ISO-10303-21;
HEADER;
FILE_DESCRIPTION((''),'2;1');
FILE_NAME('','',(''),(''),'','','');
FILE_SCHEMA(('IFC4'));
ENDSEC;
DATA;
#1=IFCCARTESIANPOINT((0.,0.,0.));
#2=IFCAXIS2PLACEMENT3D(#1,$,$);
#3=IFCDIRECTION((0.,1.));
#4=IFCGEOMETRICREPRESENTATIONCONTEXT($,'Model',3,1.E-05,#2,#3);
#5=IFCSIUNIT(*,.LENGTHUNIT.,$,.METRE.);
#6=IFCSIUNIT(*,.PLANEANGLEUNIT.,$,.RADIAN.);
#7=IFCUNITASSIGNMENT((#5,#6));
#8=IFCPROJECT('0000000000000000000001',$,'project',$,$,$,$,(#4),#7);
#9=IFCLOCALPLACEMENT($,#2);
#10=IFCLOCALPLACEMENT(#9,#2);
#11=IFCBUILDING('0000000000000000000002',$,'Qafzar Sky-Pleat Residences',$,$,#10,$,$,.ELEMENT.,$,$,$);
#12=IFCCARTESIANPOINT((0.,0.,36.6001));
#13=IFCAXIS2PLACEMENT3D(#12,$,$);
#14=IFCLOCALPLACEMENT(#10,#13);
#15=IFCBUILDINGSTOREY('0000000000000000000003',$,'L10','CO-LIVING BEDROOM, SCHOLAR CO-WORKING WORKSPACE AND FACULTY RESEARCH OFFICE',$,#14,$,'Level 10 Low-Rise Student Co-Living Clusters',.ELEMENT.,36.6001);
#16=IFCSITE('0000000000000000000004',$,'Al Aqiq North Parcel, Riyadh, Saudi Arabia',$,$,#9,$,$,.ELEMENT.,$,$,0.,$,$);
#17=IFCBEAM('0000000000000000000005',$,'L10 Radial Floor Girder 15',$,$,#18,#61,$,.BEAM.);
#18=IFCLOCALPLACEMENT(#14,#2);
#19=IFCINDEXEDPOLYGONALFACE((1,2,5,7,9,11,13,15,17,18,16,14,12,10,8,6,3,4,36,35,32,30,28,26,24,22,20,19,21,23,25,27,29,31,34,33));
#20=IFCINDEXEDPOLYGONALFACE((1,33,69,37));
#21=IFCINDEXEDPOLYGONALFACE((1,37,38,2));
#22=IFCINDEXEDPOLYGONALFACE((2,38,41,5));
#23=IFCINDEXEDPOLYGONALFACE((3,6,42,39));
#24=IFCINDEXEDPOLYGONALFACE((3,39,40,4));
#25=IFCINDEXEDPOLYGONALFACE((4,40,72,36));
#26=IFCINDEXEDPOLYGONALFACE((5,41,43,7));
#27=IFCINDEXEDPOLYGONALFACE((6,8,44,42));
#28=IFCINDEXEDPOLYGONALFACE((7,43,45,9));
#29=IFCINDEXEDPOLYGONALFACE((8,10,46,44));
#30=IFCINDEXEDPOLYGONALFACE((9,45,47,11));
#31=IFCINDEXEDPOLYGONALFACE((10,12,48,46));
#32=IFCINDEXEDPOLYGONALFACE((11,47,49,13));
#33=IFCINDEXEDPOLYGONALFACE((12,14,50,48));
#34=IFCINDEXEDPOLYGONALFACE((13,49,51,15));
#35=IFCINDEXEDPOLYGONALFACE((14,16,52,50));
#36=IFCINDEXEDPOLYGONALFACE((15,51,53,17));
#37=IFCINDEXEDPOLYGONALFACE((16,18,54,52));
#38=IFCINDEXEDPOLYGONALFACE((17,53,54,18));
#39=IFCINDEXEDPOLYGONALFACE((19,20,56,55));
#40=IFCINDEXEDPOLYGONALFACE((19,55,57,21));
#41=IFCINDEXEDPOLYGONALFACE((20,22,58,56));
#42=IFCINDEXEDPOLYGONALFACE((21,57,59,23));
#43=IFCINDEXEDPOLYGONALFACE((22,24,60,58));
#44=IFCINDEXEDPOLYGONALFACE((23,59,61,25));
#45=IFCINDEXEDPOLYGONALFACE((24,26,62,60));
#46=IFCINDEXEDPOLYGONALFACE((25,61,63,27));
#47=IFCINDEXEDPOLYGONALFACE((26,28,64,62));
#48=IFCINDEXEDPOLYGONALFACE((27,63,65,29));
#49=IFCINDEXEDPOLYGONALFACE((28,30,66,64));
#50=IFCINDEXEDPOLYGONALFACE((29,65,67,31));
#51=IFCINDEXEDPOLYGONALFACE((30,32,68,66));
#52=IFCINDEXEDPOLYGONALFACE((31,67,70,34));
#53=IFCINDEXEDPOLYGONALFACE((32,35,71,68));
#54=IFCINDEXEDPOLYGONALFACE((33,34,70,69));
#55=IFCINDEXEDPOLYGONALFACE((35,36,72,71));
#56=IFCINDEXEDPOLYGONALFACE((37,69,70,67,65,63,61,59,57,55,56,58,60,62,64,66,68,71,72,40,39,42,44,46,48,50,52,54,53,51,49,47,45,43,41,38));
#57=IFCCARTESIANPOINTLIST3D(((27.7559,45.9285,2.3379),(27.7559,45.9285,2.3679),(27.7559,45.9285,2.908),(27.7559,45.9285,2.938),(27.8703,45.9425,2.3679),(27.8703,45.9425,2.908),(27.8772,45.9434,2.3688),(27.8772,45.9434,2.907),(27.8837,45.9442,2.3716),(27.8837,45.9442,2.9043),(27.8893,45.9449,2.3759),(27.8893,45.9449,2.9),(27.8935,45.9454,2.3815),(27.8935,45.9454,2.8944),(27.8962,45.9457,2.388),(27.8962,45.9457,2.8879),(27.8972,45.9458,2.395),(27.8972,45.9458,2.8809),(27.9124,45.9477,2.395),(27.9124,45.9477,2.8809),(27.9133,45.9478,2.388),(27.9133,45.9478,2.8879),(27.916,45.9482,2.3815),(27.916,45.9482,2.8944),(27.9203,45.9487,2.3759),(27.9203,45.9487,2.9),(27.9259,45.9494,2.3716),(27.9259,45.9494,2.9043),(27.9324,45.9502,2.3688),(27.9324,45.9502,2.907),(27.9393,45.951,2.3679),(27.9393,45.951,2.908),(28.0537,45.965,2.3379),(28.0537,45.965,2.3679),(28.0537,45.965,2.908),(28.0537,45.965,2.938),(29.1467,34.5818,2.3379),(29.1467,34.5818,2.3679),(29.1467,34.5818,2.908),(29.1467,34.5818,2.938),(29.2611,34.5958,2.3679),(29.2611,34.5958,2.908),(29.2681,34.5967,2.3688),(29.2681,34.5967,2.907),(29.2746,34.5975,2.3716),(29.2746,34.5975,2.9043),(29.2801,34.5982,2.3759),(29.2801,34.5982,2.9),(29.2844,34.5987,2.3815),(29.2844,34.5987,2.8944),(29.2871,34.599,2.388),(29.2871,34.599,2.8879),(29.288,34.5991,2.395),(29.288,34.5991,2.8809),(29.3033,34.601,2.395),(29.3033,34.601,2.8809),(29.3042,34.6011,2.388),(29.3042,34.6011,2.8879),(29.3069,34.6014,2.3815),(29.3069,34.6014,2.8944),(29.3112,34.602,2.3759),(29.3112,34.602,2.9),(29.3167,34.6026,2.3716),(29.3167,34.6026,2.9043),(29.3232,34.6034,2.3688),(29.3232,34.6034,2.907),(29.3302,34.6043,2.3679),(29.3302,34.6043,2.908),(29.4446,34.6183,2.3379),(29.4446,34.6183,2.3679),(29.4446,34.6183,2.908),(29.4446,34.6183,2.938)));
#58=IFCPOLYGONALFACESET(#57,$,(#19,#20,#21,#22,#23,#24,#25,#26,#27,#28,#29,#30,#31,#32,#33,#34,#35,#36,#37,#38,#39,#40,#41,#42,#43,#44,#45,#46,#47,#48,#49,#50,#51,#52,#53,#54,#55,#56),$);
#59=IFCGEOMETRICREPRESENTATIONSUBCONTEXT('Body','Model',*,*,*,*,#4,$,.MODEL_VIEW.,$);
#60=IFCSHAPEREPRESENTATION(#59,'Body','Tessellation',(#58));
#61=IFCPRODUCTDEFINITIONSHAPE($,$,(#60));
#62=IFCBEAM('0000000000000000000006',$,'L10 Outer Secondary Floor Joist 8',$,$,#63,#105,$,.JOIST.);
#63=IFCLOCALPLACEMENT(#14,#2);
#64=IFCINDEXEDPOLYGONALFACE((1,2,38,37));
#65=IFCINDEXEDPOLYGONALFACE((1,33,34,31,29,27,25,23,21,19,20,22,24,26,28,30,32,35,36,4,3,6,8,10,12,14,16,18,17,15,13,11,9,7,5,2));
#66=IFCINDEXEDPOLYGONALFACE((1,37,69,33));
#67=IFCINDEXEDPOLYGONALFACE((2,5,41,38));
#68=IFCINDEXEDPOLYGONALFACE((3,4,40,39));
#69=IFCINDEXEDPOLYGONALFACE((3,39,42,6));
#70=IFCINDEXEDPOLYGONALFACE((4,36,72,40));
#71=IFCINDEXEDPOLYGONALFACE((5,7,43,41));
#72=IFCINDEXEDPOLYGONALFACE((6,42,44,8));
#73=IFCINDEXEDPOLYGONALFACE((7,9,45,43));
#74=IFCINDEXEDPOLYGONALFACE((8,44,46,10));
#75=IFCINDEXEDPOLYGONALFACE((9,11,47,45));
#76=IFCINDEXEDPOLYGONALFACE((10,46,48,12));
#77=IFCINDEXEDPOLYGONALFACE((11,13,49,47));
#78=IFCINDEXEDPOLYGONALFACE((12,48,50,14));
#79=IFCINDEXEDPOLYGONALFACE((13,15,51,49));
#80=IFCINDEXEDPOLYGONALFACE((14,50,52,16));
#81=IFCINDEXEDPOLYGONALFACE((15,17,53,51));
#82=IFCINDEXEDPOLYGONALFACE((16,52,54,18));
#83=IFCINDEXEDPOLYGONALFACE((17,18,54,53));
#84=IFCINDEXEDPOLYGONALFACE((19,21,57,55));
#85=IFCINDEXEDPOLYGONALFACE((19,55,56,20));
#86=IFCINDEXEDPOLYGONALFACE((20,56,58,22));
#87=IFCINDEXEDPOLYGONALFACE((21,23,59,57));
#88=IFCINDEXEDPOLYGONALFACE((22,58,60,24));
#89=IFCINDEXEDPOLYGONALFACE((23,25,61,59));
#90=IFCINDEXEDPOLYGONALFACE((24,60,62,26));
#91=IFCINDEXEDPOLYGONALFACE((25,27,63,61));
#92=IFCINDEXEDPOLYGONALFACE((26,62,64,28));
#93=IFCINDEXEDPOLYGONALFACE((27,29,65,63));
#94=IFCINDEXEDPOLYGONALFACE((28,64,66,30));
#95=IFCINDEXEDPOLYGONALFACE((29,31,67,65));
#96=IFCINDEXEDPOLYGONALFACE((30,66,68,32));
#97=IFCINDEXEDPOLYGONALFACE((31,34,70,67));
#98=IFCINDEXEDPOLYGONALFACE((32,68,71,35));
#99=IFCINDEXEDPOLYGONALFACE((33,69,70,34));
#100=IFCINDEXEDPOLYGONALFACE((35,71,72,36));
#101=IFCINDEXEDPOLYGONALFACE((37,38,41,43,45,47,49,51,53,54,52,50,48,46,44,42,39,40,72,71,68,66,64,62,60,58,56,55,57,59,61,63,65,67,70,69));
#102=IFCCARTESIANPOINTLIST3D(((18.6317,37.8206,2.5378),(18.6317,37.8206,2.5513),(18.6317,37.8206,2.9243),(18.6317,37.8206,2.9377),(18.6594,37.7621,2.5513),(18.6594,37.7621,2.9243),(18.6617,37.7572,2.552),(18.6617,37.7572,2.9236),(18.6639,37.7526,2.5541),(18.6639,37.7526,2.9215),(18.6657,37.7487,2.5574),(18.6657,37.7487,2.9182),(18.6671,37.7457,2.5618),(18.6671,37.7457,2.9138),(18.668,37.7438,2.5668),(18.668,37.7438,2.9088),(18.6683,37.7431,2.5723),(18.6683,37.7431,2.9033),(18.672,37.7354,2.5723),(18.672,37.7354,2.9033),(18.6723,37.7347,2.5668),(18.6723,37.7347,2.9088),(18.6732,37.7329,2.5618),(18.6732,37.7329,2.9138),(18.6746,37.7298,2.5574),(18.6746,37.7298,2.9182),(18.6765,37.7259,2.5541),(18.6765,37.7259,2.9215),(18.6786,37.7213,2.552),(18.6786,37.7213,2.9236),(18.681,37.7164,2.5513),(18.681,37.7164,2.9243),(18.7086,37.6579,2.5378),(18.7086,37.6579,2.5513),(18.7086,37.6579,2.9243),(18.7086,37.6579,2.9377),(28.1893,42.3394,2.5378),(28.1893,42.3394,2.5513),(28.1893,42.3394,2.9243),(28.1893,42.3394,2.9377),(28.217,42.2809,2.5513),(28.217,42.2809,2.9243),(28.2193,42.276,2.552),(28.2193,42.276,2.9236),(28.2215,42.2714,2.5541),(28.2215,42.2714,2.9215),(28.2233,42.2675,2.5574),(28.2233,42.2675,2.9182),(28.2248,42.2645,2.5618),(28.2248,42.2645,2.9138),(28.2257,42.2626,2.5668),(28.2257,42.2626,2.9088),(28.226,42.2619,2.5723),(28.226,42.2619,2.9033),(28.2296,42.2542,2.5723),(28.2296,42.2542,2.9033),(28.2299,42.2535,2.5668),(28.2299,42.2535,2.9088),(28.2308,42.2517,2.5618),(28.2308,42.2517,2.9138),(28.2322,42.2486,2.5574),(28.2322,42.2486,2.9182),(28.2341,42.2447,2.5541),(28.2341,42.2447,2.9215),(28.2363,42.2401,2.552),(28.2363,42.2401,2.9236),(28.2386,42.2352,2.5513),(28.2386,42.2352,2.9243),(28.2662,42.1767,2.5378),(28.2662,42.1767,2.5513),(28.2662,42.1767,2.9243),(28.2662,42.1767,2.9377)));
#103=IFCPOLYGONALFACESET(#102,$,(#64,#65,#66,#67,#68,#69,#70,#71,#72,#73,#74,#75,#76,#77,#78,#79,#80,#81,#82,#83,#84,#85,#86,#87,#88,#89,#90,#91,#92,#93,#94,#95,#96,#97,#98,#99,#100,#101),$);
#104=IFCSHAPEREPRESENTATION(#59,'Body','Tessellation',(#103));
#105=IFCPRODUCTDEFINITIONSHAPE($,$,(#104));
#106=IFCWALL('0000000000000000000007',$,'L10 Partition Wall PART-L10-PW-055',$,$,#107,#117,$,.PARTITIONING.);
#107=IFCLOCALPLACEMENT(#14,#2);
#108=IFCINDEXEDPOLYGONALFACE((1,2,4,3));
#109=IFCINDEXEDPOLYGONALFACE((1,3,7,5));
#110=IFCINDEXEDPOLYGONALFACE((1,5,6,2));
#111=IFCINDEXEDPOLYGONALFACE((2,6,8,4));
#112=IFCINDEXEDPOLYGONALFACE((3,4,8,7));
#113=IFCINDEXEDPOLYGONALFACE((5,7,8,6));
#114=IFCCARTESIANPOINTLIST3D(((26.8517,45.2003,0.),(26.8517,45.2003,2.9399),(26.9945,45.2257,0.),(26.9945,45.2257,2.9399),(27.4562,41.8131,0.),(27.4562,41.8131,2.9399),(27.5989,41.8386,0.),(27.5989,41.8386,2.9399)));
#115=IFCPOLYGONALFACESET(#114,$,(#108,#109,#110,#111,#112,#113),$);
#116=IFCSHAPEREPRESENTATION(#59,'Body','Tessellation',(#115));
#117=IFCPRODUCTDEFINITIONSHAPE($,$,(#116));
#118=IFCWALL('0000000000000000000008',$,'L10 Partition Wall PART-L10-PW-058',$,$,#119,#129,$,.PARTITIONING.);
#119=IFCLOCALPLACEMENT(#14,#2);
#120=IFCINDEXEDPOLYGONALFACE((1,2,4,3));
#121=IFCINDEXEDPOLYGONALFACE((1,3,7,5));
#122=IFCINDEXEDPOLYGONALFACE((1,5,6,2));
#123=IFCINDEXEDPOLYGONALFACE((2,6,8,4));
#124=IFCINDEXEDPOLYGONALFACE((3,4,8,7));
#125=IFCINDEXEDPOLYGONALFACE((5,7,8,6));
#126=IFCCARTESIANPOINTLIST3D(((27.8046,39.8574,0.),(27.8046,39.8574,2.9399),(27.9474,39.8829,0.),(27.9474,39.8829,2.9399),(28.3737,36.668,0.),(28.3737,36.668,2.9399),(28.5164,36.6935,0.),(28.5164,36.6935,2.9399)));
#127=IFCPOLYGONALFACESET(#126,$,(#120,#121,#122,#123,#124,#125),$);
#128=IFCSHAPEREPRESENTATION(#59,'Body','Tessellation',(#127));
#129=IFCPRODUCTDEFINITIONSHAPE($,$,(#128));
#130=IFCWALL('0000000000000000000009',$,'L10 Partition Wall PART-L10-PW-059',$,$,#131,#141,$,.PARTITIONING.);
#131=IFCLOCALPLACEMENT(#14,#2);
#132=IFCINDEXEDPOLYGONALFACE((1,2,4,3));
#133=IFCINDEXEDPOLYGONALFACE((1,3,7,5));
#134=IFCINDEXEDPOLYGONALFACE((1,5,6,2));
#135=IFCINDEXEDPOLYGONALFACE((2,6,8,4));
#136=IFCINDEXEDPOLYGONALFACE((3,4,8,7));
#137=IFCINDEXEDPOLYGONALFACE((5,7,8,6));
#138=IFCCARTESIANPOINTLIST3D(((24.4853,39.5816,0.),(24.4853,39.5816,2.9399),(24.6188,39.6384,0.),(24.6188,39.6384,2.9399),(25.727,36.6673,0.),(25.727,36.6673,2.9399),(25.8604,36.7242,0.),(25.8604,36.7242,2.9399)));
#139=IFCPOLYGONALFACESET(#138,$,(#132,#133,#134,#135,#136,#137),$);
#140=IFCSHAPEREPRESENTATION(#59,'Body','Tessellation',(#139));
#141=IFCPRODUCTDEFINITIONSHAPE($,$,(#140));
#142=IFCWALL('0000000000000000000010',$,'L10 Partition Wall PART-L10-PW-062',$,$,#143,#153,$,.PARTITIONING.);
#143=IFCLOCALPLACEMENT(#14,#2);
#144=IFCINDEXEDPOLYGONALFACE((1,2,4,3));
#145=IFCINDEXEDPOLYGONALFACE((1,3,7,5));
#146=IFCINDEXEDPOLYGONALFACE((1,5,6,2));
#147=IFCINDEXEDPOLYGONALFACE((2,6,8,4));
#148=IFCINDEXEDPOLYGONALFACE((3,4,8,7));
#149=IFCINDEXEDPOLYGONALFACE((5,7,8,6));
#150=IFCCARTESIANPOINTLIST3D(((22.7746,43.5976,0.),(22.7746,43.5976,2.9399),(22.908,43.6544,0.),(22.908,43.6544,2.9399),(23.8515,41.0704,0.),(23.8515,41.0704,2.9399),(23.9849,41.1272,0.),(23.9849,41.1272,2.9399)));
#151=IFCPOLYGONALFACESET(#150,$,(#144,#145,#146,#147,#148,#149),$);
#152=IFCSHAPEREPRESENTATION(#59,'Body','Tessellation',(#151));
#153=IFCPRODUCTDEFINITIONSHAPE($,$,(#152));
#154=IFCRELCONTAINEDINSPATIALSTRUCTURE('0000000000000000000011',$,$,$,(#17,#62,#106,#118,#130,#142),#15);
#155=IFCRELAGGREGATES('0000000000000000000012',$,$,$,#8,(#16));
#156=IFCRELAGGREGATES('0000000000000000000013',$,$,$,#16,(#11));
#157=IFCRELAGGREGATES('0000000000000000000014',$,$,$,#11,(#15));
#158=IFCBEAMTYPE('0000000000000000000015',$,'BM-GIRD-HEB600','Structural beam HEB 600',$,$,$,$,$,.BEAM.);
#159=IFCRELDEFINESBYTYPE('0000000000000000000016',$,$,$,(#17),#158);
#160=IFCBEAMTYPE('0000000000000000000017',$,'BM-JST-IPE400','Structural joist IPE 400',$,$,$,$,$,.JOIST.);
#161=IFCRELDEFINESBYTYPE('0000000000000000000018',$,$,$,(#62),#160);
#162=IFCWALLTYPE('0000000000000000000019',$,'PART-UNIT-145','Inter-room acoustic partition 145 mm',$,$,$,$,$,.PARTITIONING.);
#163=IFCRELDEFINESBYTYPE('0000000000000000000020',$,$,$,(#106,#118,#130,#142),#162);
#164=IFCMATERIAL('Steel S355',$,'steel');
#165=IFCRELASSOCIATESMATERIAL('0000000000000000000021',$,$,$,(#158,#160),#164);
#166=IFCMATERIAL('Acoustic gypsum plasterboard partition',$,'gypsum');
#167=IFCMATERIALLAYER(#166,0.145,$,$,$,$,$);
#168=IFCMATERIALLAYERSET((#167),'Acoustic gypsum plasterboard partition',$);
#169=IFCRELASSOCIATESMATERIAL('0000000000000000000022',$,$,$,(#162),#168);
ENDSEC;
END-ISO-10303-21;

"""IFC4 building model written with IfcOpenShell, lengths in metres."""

from ifc_helpers import new_model, si_unit, direction, frame, frame_2d, origin, origin_2d, place, context, subcontext, project, spatial, rectangle, i_section, extrude, source, transform, mapped, material, layer, layer_set, material_profile, profile_set, type_object, element, save


model = new_model("IFC4")

# Units and contexts
model_context = context("Model", 3, precision=1e-05, world=origin(), true_north=direction((0.0, 1.0)))
body_context = subcontext(model_context, "Body", "Model", "MODEL_VIEW")
ifc_project = project(units=[si_unit("LENGTHUNIT", "METRE"), si_unit("PLANEANGLEUNIT", "RADIAN")], contexts=[model_context])

# Site, building, storey
site_placement = place(None, origin())
site = spatial("IfcSite", under=ifc_project, at=site_placement, Name="Al Aqiq North Parcel, Riyadh, Saudi Arabia", CompositionType="ELEMENT", RefElevation=0.0)
building_placement = place(site_placement, origin())
building = spatial("IfcBuilding", under=site, at=building_placement, Name="Qafzar Sky-Pleat Residences", CompositionType="ELEMENT")
storey_placement = place(building_placement, frame((0.0, 0.0, 36.6001)))
storey = spatial("IfcBuildingStorey", under=building, at=storey_placement, Name="L10", Description="CO-LIVING BEDROOM, SCHOLAR CO-WORKING WORKSPACE AND FACULTY RESEARCH OFFICE", LongName="Level 10 Low-Rise Student Co-Living Clusters", CompositionType="ELEMENT", Elevation=36.6001)

# Beams
ifc_material_1 = material(Name="Steel S355", Category="steel")
ifc_material_profile_1 = material_profile(ifc_material_1, i_section(OverallWidth=0.3, OverallDepth=0.6001, WebThickness=0.0154, FlangeThickness=0.03, FilletRadius=0.0271, at=origin_2d()), Name="HEB 600")
ifc_profile_set_1 = profile_set([ifc_material_profile_1], Name="Steel S355")
beam_type_1 = type_object("IfcBeamType", Name="BM-GIRD-HEB600", Description="Structural beam HEB 600", PredefinedType="BEAM", material=ifc_profile_set_1)
shared_shape_1 = source(origin(), body_context, "Body", "SweptSolid", [
    extrude(i_section(OverallWidth=0.3, OverallDepth=0.6001, WebThickness=0.0154, FlangeThickness=0.03, FilletRadius=0.0271, at=origin_2d()), origin(), (0.0, 0.0, 1.0), 11.4316),
])
beam_1_placement = place(storey_placement, frame((27.9048, 45.9468, 2.6379), z_axis=(0.121669, -0.992571, 0.0), x_axis=(0.992571, 0.121669, 0.0)))
element("IfcBeam", 1, at=beam_1_placement, inside=storey, type_object=beam_type_1, Name="L10 Radial Floor Girder 15", PredefinedType="BEAM", context=body_context, shape_type="MappedRepresentation", body=[
    mapped(shared_shape_1, transform((0.0, 0.0, 0.0), x_axis=(1.0, 0.0, 0.0), y_axis=(0.0, 1.0, 0.0), z_axis=(0.0, 0.0, 1.0), scale=1.0)),
])
ifc_material_profile_2 = material_profile(ifc_material_1, i_section(OverallWidth=0.1799, OverallDepth=0.3999, WebThickness=0.0085, FlangeThickness=0.0134, FilletRadius=0.021, at=origin_2d()), Name="IPE 400")
ifc_profile_set_2 = profile_set([ifc_material_profile_2], Name="Steel S355")
beam_type_2 = type_object("IfcBeamType", Name="BM-JST-IPE400", Description="Structural joist IPE 400", PredefinedType="JOIST", material=ifc_profile_set_2)
shared_shape_2 = source(origin(), body_context, "Body", "SweptSolid", [
    extrude(i_section(OverallWidth=0.1799, OverallDepth=0.3999, WebThickness=0.0085, FlangeThickness=0.0134, FilletRadius=0.021, at=origin_2d()), origin(), (0.0, 0.0, 1.0), 10.572),
])
beam_2_placement = place(storey_placement, frame((28.2278, 42.2581, 2.7378), z_axis=(-0.904048, -0.42743, 0.0), x_axis=(0.42743, -0.904048, 0.0)))
element("IfcBeam", 2, at=beam_2_placement, inside=storey, type_object=beam_type_2, Name="L10 Outer Secondary Floor Joist 8", PredefinedType="JOIST", context=body_context, shape_type="MappedRepresentation", body=[
    mapped(shared_shape_2, transform((0.0, 0.0, 0.0), x_axis=(1.0, 0.0, 0.0), y_axis=(0.0, 1.0, 0.0), z_axis=(0.0, 0.0, 1.0), scale=1.0)),
])

# Walls
ifc_material_2 = material(Name="Acoustic gypsum plasterboard partition", Category="gypsum")
ifc_layer_1 = layer(ifc_material_2, 0.145)
ifc_layer_set_1 = layer_set([ifc_layer_1], Name="Acoustic gypsum plasterboard partition")
wall_type_1 = type_object("IfcWallType", Name="PART-UNIT-145", Description="Inter-room acoustic partition 145 mm", PredefinedType="PARTITIONING", material=ifc_layer_set_1)
wall_1_placement = place(storey_placement, frame((26.9231, 45.2129, 0.0), z_axis=(0.0, 0.0, 1.0), x_axis=(0.175687, -0.984446, 0.0)))
element("IfcWall", 3, at=wall_1_placement, inside=storey, type_object=wall_type_1, Name="L10 Partition Wall PART-L10-PW-055", PredefinedType="PARTITIONING", context=body_context, shape_type="SweptSolid", body=[
    extrude(rectangle(XDim=3.4407, YDim=0.145, at=frame_2d((1.7202, 0.0))), origin(), (0.0, 0.0, 1.0), 2.9399),
])
wall_2_placement = place(storey_placement, frame((27.876, 39.8701, 0.0), z_axis=(0.0, 0.0, 1.0), x_axis=(0.175655, -0.984452, 0.0)))
element("IfcWall", 4, at=wall_2_placement, inside=storey, type_object=wall_type_1, Name="L10 Partition Wall PART-L10-PW-058", PredefinedType="PARTITIONING", context=body_context, shape_type="SweptSolid", body=[
    extrude(rectangle(XDim=3.2397, YDim=0.145, at=frame_2d((1.6199, 0.0))), origin(), (0.0, 0.0, 1.0), 2.9399),
])
wall_3_placement = place(storey_placement, frame((24.552, 39.6101, 0.0), z_axis=(0.0, 0.0, 1.0), x_axis=(0.391974, -0.919976, 0.0)))
element("IfcWall", 5, at=wall_3_placement, inside=storey, type_object=wall_type_1, Name="L10 Partition Wall PART-L10-PW-059", PredefinedType="PARTITIONING", context=body_context, shape_type="SweptSolid", body=[
    extrude(rectangle(XDim=3.1677, YDim=0.145, at=frame_2d((1.584, 0.0))), origin(), (0.0, 0.0, 1.0), 2.9399),
])
wall_4_placement = place(storey_placement, frame((22.8413, 43.626, 0.0), z_axis=(0.0, 0.0, 1.0), x_axis=(0.392031, -0.919952, 0.0)))
element("IfcWall", 6, at=wall_4_placement, inside=storey, type_object=wall_type_1, Name="L10 Partition Wall PART-L10-PW-062", PredefinedType="PARTITIONING", context=body_context, shape_type="SweptSolid", body=[
    extrude(rectangle(XDim=2.7471, YDim=0.145, at=frame_2d((1.3735, 0.0))), origin(), (0.0, 0.0, 1.0), 2.9399),
])

save(model, "model.ifc")
